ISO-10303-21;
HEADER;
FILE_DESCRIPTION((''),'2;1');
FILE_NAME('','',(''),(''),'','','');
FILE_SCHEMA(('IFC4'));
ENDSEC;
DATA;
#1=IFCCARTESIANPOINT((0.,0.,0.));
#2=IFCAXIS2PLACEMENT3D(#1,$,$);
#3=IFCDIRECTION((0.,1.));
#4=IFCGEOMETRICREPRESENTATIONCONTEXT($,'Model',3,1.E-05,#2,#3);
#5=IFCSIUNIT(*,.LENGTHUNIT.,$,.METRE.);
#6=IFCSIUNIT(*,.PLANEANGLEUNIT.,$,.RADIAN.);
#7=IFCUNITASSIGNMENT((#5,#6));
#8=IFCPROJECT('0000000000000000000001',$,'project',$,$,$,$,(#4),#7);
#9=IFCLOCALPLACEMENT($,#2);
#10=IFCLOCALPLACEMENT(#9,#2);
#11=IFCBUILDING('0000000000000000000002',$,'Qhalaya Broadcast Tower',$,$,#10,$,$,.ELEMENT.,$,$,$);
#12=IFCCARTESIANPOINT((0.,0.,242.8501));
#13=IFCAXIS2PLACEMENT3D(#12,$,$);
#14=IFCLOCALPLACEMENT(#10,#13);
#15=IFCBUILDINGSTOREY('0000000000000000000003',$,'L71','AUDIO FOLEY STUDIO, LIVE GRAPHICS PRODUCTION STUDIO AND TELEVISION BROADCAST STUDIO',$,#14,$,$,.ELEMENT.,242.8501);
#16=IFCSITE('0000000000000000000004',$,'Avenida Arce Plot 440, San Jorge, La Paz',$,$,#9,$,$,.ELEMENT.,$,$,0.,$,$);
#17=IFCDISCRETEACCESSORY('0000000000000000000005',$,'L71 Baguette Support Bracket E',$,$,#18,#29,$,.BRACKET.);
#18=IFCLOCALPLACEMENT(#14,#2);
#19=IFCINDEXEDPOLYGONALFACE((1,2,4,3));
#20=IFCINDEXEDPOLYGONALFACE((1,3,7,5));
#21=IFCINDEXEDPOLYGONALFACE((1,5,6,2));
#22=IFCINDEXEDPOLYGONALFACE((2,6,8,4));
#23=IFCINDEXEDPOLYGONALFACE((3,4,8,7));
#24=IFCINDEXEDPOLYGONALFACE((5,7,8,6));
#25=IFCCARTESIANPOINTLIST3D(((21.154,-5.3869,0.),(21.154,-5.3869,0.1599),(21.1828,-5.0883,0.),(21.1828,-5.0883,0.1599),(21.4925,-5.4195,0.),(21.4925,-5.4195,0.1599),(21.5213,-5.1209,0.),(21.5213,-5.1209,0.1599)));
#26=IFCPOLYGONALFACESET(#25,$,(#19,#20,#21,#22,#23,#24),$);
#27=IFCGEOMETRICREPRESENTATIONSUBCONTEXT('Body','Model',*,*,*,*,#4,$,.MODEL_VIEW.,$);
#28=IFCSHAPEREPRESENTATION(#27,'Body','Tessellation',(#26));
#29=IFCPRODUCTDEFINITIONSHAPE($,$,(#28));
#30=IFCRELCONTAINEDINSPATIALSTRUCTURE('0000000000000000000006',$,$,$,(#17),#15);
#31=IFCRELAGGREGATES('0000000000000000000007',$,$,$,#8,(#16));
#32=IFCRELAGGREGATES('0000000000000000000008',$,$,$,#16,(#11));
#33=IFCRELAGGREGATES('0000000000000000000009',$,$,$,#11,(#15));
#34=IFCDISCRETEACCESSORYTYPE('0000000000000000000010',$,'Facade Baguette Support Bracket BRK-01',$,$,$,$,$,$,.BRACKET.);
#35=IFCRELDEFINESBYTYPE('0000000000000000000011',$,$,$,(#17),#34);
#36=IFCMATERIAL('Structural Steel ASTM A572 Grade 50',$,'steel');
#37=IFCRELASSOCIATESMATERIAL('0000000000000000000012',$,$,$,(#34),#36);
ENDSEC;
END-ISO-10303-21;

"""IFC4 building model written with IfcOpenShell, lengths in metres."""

from ifc_helpers import new_model, si_unit, direction, frame, origin, origin_2d, place, context, subcontext, project, spatial, rectangle, extrude, material, type_object, element, save


model = new_model("IFC4")

# Units and contexts
model_context = context("Model", 3, precision=1e-05, world=origin(), true_north=direction((0.0, 1.0)))
body_context = subcontext(model_context, "Body", "Model", "MODEL_VIEW")
ifc_project = project(units=[si_unit("LENGTHUNIT", "METRE"), si_unit("PLANEANGLEUNIT", "RADIAN")], contexts=[model_context])

# Site, building, storey
site_placement = place(None, origin())
site = spatial("IfcSite", under=ifc_project, at=site_placement, Name="Avenida Arce Plot 440, San Jorge, La Paz", CompositionType="ELEMENT", RefElevation=0.0)
building_placement = place(site_placement, origin())
building = spatial("IfcBuilding", under=site, at=building_placement, Name="Qhalaya Broadcast Tower", CompositionType="ELEMENT")
storey_placement = place(building_placement, frame((0.0, 0.0, 242.8501)))
storey = spatial("IfcBuildingStorey", under=building, at=storey_placement, Name="L71", Description="AUDIO FOLEY STUDIO, LIVE GRAPHICS PRODUCTION STUDIO AND TELEVISION BROADCAST STUDIO", CompositionType="ELEMENT", Elevation=242.8501)

# Shared definitions
ifc_material_1 = material(Name="Structural Steel ASTM A572 Grade 50", Category="steel")

# Discrete accessory
discrete_accessory_type = type_object("IfcDiscreteAccessoryType", Name="Facade Baguette Support Bracket BRK-01", PredefinedType="BRACKET", material=ifc_material_1)
discrete_accessory_placement = place(storey_placement, frame((21.3376, -5.2539, 0.0), z_axis=(0.0, 0.0, 1.0), x_axis=(0.095846, 0.995396, 0.0)))
element("IfcDiscreteAccessory", 1, at=discrete_accessory_placement, inside=storey, type_object=discrete_accessory_type, Name="L71 Baguette Support Bracket E", PredefinedType="BRACKET", context=body_context, shape_type="SweptSolid", body=[
    extrude(rectangle(XDim=0.3, YDim=0.3401, at=origin_2d()), origin(), (0.0, 0.0, 1.0), 0.1599),
])

save(model, "model.ifc")
